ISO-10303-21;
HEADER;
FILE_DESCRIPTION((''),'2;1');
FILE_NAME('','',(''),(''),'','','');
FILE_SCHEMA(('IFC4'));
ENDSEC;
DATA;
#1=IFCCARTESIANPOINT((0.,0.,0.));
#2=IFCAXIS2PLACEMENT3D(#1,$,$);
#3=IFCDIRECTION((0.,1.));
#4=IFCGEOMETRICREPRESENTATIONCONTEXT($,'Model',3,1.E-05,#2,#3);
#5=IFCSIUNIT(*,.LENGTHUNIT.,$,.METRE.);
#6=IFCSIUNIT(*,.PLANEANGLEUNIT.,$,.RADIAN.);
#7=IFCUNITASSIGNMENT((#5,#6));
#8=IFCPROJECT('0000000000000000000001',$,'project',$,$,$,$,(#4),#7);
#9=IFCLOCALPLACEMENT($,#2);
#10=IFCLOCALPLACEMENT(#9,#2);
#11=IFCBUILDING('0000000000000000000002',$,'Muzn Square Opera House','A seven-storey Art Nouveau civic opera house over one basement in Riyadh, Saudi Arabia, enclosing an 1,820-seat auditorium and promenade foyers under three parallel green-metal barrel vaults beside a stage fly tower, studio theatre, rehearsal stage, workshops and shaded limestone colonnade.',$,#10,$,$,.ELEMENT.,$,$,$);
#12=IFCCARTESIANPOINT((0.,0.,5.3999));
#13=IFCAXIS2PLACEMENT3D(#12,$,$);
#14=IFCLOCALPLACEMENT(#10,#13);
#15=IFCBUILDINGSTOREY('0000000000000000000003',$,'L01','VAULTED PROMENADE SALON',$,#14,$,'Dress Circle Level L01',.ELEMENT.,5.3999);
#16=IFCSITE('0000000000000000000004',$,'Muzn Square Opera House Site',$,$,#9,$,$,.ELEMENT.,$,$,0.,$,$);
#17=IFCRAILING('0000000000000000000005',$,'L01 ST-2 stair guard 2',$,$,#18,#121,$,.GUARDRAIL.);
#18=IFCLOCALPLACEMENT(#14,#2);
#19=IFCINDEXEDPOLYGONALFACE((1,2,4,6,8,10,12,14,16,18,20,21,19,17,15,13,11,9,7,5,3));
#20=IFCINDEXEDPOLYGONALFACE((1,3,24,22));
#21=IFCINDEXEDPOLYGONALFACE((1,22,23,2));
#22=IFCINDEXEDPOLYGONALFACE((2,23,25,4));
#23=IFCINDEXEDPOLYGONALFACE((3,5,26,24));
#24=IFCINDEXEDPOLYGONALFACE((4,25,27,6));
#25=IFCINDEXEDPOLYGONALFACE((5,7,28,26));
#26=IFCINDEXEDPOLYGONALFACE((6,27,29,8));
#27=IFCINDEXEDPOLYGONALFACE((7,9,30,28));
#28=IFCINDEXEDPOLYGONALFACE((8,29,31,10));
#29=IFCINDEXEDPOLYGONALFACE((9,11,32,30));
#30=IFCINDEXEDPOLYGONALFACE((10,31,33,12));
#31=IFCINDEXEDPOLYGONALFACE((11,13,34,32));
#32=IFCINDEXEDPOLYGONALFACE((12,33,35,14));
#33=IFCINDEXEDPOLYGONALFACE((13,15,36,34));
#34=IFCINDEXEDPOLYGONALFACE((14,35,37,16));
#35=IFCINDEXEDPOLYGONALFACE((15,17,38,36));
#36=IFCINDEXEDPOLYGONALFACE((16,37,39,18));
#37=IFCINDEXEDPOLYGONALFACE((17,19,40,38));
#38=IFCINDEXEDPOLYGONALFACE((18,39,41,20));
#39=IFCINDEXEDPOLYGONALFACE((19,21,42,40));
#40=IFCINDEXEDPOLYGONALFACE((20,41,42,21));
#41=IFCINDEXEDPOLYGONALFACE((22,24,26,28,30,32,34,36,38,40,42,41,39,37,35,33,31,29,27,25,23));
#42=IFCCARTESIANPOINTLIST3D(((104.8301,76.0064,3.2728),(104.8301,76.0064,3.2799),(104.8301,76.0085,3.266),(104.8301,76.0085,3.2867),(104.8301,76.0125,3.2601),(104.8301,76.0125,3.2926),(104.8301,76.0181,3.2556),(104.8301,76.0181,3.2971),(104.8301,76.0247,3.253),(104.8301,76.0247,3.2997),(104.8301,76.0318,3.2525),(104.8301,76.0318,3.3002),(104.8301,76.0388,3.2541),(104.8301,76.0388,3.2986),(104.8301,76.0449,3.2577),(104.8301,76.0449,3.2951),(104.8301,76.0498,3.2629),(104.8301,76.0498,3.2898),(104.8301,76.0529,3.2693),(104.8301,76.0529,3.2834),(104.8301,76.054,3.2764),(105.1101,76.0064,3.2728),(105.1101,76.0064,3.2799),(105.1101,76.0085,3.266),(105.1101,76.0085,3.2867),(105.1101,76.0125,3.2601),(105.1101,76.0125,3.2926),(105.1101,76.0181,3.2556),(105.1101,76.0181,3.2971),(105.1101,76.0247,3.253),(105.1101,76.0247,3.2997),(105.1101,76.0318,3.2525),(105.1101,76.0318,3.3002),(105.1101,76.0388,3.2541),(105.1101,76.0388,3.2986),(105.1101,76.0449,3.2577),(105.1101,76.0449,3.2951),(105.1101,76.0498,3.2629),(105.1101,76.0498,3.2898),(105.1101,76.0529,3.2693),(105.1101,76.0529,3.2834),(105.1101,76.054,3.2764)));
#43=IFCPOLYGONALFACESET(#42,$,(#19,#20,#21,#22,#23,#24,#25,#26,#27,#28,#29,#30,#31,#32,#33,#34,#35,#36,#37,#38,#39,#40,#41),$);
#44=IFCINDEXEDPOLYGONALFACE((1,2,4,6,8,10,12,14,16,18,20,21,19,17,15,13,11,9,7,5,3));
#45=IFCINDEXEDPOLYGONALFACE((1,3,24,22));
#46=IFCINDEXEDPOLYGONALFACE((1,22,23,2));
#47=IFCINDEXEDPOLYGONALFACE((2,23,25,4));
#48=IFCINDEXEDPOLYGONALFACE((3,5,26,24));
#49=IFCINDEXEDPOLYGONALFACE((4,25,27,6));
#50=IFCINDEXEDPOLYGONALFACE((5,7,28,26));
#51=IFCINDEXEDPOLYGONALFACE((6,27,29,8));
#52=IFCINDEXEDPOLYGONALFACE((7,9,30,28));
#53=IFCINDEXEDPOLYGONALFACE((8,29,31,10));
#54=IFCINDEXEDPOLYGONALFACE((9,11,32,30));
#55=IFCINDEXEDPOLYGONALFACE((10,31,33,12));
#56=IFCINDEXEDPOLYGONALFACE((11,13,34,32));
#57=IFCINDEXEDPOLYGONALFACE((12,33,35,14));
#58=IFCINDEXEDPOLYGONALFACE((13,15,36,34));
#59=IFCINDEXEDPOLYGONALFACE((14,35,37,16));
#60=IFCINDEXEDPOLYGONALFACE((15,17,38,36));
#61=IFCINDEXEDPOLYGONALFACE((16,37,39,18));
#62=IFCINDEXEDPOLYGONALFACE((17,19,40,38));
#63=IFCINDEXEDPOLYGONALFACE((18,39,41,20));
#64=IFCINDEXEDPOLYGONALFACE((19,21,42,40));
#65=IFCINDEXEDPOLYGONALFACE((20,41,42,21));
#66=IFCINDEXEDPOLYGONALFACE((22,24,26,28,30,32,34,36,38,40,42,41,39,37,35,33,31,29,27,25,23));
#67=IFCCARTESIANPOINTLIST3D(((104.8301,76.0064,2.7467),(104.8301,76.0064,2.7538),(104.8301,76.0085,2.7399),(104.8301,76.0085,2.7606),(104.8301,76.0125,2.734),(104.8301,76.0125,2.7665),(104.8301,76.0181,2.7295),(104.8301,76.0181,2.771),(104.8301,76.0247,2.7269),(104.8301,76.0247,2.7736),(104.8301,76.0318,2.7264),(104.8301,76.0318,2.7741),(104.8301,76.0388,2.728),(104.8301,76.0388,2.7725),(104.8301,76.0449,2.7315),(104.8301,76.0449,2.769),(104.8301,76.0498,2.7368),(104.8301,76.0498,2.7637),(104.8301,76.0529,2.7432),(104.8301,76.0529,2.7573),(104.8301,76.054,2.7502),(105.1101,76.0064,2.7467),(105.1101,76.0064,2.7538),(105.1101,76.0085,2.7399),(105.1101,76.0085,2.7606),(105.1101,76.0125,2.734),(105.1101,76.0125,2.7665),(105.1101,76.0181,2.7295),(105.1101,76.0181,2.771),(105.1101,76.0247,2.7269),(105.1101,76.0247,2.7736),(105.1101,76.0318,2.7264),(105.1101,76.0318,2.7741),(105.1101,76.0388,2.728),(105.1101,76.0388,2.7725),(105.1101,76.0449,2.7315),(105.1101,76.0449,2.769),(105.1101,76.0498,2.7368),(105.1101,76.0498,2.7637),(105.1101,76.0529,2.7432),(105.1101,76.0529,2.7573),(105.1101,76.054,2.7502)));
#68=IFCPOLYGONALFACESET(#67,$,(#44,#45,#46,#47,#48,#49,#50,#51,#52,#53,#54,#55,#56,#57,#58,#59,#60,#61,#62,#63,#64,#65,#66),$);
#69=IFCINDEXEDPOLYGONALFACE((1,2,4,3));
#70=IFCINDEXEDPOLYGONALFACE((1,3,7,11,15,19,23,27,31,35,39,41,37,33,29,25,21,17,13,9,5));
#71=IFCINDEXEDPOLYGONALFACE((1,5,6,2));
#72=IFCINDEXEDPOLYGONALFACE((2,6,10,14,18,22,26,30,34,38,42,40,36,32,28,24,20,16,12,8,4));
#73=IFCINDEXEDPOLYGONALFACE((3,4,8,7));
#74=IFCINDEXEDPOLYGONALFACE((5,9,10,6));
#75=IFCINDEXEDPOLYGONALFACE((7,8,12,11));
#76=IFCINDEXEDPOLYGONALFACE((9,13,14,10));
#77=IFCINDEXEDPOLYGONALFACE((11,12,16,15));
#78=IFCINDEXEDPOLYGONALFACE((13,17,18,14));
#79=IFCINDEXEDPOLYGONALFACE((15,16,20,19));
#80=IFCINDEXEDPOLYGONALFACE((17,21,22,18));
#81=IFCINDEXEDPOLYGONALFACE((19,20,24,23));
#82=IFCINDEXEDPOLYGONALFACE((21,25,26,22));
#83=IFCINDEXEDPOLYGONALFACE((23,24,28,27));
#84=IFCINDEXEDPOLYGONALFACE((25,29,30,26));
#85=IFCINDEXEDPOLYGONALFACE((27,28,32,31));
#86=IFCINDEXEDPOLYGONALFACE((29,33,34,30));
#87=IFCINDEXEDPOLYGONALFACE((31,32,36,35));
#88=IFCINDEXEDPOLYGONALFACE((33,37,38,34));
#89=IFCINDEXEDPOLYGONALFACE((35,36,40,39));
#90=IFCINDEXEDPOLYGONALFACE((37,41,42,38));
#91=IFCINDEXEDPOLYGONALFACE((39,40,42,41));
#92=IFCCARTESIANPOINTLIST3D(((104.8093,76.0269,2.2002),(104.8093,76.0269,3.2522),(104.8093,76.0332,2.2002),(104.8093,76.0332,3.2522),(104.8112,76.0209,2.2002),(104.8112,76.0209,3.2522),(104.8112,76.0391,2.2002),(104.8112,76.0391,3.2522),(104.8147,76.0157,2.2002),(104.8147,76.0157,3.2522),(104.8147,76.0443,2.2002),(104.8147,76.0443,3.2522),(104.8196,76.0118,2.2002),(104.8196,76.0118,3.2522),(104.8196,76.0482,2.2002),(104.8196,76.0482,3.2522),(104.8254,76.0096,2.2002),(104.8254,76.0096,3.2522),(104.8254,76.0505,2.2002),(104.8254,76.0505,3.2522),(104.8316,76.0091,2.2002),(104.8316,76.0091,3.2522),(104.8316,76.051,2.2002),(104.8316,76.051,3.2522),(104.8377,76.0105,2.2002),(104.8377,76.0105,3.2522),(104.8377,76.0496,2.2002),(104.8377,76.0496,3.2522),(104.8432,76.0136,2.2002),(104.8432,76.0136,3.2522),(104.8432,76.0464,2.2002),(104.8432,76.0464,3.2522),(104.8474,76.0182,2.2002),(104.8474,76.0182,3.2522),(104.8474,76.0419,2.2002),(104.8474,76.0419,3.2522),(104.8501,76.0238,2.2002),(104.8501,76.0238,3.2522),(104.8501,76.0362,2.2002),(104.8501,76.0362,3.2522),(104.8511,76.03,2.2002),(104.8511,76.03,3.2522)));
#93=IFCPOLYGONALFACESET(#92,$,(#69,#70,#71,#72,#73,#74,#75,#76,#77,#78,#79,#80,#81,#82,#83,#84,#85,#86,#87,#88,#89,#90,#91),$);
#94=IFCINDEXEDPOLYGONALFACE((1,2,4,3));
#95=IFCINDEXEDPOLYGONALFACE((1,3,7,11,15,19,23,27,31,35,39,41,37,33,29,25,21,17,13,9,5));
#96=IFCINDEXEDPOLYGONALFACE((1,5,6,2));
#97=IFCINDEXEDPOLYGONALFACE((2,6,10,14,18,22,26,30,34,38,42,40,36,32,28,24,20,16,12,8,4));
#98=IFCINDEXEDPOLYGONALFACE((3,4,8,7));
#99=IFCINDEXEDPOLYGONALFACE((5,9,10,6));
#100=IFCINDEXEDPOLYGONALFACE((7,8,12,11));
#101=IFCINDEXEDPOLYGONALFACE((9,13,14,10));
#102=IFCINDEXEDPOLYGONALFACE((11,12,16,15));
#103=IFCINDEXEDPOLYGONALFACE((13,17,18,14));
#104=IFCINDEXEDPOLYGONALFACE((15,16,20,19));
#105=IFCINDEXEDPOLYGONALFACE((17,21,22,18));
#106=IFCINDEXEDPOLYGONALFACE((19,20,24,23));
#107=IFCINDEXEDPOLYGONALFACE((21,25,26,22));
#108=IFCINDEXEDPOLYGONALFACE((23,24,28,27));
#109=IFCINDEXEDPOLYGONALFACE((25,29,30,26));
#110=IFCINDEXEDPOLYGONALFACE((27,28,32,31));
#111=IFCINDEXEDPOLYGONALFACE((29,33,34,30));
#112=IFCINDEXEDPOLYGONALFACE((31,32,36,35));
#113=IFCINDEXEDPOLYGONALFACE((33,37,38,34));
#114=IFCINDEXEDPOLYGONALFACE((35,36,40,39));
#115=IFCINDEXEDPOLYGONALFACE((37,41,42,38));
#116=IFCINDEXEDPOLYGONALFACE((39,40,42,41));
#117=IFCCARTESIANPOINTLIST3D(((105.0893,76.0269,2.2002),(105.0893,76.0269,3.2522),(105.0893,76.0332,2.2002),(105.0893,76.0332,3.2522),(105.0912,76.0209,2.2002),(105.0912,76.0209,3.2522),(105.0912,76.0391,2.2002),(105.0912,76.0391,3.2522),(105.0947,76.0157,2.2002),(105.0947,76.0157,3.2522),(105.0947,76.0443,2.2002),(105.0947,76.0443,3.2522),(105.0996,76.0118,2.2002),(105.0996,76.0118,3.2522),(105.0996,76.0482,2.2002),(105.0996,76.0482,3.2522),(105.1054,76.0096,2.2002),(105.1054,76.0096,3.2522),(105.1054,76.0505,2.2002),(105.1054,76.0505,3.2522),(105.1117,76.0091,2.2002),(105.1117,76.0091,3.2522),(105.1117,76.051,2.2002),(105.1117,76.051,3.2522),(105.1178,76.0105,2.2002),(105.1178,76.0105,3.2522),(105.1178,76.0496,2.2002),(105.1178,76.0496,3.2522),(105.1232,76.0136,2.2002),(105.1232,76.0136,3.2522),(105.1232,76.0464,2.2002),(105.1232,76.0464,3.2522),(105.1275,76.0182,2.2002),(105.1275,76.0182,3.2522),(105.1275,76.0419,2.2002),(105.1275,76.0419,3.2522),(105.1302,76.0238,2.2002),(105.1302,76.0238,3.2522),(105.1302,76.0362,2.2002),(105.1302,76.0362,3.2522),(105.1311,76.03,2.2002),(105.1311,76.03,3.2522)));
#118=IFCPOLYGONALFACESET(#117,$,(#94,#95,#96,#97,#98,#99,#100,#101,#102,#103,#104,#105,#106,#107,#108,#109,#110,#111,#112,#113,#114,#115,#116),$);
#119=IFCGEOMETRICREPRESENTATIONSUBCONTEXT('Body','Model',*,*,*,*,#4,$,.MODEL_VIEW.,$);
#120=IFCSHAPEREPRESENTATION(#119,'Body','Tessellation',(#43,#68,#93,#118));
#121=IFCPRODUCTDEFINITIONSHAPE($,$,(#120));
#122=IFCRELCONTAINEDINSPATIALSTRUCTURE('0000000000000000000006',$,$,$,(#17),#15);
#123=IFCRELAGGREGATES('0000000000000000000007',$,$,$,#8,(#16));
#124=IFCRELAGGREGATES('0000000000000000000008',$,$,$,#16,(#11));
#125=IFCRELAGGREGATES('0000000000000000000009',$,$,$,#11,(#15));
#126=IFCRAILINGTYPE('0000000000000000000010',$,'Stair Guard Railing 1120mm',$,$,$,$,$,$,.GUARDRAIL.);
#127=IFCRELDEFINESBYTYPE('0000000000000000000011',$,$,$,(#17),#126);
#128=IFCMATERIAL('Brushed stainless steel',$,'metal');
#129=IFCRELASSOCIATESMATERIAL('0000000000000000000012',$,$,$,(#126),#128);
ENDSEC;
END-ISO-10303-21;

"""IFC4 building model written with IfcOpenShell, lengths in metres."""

from ifc_helpers import new_model, si_unit, direction, frame, origin, origin_2d, place, context, subcontext, project, spatial, circle, extrude, material, type_object, element, save


model = new_model("IFC4")

# Units and contexts
model_context = context("Model", 3, precision=1e-05, world=origin(), true_north=direction((0.0, 1.0)))
body_context = subcontext(model_context, "Body", "Model", "MODEL_VIEW")
ifc_project = project(units=[si_unit("LENGTHUNIT", "METRE"), si_unit("PLANEANGLEUNIT", "RADIAN")], contexts=[model_context])

# Site, building, storey
site_placement = place(None, origin())
site = spatial("IfcSite", under=ifc_project, at=site_placement, Name="Muzn Square Opera House Site", CompositionType="ELEMENT", RefElevation=0.0)
building_placement = place(site_placement, origin())
building = spatial("IfcBuilding", under=site, at=building_placement, Name="Muzn Square Opera House", Description="A seven-storey Art Nouveau civic opera house over one basement in Riyadh, Saudi Arabia, enclosing an 1,820-seat auditorium and promenade foyers under three parallel green-metal barrel vaults beside a stage fly tower, studio theatre, rehearsal stage, workshops and shaded limestone colonnade.", CompositionType="ELEMENT")
storey_placement = place(building_placement, frame((0.0, 0.0, 5.3999)))
storey = spatial("IfcBuildingStorey", under=building, at=storey_placement, Name="L01", Description="VAULTED PROMENADE SALON", LongName="Dress Circle Level L01", CompositionType="ELEMENT", Elevation=5.3999)

# Shared definitions
ifc_material_1 = material(Name="Brushed stainless steel", Category="metal")

# Railing
railing_type_1 = type_object("IfcRailingType", Name="Stair Guard Railing 1120mm", PredefinedType="GUARDRAIL", material=ifc_material_1)
railing_1_placement = place(storey_placement, frame((104.8301, 76.03, 2.2002)))
element("IfcRailing", 1, at=railing_1_placement, inside=storey, type_object=railing_type_1, Name="L01 ST-2 stair guard 2", PredefinedType="GUARDRAIL", context=body_context, shape_type="SweptSolid", body=[
    extrude(circle(Radius=0.0239, at=origin_2d()), frame((0.0, 0.0, 1.0762), z_axis=(1.0, 0.0, 0.0), x_axis=(0.0, 1.0, 0.0)), (0.0, 0.0, 1.0), 0.28),
    extrude(circle(Radius=0.0239, at=origin_2d()), frame((0.0, 0.0, 0.55), z_axis=(1.0, 0.0, 0.0), x_axis=(0.0, 1.0, 0.0)), (0.0, 0.0, 1.0), 0.28),
    extrude(circle(Radius=0.021, at=origin_2d()), origin(), (0.0, 0.0, 1.0), 1.052),
    extrude(circle(Radius=0.021, at=origin_2d()), frame((0.28, 0.0, 0.0)), (0.0, 0.0, 1.0), 1.052),
])

save(model, "model.ifc")
